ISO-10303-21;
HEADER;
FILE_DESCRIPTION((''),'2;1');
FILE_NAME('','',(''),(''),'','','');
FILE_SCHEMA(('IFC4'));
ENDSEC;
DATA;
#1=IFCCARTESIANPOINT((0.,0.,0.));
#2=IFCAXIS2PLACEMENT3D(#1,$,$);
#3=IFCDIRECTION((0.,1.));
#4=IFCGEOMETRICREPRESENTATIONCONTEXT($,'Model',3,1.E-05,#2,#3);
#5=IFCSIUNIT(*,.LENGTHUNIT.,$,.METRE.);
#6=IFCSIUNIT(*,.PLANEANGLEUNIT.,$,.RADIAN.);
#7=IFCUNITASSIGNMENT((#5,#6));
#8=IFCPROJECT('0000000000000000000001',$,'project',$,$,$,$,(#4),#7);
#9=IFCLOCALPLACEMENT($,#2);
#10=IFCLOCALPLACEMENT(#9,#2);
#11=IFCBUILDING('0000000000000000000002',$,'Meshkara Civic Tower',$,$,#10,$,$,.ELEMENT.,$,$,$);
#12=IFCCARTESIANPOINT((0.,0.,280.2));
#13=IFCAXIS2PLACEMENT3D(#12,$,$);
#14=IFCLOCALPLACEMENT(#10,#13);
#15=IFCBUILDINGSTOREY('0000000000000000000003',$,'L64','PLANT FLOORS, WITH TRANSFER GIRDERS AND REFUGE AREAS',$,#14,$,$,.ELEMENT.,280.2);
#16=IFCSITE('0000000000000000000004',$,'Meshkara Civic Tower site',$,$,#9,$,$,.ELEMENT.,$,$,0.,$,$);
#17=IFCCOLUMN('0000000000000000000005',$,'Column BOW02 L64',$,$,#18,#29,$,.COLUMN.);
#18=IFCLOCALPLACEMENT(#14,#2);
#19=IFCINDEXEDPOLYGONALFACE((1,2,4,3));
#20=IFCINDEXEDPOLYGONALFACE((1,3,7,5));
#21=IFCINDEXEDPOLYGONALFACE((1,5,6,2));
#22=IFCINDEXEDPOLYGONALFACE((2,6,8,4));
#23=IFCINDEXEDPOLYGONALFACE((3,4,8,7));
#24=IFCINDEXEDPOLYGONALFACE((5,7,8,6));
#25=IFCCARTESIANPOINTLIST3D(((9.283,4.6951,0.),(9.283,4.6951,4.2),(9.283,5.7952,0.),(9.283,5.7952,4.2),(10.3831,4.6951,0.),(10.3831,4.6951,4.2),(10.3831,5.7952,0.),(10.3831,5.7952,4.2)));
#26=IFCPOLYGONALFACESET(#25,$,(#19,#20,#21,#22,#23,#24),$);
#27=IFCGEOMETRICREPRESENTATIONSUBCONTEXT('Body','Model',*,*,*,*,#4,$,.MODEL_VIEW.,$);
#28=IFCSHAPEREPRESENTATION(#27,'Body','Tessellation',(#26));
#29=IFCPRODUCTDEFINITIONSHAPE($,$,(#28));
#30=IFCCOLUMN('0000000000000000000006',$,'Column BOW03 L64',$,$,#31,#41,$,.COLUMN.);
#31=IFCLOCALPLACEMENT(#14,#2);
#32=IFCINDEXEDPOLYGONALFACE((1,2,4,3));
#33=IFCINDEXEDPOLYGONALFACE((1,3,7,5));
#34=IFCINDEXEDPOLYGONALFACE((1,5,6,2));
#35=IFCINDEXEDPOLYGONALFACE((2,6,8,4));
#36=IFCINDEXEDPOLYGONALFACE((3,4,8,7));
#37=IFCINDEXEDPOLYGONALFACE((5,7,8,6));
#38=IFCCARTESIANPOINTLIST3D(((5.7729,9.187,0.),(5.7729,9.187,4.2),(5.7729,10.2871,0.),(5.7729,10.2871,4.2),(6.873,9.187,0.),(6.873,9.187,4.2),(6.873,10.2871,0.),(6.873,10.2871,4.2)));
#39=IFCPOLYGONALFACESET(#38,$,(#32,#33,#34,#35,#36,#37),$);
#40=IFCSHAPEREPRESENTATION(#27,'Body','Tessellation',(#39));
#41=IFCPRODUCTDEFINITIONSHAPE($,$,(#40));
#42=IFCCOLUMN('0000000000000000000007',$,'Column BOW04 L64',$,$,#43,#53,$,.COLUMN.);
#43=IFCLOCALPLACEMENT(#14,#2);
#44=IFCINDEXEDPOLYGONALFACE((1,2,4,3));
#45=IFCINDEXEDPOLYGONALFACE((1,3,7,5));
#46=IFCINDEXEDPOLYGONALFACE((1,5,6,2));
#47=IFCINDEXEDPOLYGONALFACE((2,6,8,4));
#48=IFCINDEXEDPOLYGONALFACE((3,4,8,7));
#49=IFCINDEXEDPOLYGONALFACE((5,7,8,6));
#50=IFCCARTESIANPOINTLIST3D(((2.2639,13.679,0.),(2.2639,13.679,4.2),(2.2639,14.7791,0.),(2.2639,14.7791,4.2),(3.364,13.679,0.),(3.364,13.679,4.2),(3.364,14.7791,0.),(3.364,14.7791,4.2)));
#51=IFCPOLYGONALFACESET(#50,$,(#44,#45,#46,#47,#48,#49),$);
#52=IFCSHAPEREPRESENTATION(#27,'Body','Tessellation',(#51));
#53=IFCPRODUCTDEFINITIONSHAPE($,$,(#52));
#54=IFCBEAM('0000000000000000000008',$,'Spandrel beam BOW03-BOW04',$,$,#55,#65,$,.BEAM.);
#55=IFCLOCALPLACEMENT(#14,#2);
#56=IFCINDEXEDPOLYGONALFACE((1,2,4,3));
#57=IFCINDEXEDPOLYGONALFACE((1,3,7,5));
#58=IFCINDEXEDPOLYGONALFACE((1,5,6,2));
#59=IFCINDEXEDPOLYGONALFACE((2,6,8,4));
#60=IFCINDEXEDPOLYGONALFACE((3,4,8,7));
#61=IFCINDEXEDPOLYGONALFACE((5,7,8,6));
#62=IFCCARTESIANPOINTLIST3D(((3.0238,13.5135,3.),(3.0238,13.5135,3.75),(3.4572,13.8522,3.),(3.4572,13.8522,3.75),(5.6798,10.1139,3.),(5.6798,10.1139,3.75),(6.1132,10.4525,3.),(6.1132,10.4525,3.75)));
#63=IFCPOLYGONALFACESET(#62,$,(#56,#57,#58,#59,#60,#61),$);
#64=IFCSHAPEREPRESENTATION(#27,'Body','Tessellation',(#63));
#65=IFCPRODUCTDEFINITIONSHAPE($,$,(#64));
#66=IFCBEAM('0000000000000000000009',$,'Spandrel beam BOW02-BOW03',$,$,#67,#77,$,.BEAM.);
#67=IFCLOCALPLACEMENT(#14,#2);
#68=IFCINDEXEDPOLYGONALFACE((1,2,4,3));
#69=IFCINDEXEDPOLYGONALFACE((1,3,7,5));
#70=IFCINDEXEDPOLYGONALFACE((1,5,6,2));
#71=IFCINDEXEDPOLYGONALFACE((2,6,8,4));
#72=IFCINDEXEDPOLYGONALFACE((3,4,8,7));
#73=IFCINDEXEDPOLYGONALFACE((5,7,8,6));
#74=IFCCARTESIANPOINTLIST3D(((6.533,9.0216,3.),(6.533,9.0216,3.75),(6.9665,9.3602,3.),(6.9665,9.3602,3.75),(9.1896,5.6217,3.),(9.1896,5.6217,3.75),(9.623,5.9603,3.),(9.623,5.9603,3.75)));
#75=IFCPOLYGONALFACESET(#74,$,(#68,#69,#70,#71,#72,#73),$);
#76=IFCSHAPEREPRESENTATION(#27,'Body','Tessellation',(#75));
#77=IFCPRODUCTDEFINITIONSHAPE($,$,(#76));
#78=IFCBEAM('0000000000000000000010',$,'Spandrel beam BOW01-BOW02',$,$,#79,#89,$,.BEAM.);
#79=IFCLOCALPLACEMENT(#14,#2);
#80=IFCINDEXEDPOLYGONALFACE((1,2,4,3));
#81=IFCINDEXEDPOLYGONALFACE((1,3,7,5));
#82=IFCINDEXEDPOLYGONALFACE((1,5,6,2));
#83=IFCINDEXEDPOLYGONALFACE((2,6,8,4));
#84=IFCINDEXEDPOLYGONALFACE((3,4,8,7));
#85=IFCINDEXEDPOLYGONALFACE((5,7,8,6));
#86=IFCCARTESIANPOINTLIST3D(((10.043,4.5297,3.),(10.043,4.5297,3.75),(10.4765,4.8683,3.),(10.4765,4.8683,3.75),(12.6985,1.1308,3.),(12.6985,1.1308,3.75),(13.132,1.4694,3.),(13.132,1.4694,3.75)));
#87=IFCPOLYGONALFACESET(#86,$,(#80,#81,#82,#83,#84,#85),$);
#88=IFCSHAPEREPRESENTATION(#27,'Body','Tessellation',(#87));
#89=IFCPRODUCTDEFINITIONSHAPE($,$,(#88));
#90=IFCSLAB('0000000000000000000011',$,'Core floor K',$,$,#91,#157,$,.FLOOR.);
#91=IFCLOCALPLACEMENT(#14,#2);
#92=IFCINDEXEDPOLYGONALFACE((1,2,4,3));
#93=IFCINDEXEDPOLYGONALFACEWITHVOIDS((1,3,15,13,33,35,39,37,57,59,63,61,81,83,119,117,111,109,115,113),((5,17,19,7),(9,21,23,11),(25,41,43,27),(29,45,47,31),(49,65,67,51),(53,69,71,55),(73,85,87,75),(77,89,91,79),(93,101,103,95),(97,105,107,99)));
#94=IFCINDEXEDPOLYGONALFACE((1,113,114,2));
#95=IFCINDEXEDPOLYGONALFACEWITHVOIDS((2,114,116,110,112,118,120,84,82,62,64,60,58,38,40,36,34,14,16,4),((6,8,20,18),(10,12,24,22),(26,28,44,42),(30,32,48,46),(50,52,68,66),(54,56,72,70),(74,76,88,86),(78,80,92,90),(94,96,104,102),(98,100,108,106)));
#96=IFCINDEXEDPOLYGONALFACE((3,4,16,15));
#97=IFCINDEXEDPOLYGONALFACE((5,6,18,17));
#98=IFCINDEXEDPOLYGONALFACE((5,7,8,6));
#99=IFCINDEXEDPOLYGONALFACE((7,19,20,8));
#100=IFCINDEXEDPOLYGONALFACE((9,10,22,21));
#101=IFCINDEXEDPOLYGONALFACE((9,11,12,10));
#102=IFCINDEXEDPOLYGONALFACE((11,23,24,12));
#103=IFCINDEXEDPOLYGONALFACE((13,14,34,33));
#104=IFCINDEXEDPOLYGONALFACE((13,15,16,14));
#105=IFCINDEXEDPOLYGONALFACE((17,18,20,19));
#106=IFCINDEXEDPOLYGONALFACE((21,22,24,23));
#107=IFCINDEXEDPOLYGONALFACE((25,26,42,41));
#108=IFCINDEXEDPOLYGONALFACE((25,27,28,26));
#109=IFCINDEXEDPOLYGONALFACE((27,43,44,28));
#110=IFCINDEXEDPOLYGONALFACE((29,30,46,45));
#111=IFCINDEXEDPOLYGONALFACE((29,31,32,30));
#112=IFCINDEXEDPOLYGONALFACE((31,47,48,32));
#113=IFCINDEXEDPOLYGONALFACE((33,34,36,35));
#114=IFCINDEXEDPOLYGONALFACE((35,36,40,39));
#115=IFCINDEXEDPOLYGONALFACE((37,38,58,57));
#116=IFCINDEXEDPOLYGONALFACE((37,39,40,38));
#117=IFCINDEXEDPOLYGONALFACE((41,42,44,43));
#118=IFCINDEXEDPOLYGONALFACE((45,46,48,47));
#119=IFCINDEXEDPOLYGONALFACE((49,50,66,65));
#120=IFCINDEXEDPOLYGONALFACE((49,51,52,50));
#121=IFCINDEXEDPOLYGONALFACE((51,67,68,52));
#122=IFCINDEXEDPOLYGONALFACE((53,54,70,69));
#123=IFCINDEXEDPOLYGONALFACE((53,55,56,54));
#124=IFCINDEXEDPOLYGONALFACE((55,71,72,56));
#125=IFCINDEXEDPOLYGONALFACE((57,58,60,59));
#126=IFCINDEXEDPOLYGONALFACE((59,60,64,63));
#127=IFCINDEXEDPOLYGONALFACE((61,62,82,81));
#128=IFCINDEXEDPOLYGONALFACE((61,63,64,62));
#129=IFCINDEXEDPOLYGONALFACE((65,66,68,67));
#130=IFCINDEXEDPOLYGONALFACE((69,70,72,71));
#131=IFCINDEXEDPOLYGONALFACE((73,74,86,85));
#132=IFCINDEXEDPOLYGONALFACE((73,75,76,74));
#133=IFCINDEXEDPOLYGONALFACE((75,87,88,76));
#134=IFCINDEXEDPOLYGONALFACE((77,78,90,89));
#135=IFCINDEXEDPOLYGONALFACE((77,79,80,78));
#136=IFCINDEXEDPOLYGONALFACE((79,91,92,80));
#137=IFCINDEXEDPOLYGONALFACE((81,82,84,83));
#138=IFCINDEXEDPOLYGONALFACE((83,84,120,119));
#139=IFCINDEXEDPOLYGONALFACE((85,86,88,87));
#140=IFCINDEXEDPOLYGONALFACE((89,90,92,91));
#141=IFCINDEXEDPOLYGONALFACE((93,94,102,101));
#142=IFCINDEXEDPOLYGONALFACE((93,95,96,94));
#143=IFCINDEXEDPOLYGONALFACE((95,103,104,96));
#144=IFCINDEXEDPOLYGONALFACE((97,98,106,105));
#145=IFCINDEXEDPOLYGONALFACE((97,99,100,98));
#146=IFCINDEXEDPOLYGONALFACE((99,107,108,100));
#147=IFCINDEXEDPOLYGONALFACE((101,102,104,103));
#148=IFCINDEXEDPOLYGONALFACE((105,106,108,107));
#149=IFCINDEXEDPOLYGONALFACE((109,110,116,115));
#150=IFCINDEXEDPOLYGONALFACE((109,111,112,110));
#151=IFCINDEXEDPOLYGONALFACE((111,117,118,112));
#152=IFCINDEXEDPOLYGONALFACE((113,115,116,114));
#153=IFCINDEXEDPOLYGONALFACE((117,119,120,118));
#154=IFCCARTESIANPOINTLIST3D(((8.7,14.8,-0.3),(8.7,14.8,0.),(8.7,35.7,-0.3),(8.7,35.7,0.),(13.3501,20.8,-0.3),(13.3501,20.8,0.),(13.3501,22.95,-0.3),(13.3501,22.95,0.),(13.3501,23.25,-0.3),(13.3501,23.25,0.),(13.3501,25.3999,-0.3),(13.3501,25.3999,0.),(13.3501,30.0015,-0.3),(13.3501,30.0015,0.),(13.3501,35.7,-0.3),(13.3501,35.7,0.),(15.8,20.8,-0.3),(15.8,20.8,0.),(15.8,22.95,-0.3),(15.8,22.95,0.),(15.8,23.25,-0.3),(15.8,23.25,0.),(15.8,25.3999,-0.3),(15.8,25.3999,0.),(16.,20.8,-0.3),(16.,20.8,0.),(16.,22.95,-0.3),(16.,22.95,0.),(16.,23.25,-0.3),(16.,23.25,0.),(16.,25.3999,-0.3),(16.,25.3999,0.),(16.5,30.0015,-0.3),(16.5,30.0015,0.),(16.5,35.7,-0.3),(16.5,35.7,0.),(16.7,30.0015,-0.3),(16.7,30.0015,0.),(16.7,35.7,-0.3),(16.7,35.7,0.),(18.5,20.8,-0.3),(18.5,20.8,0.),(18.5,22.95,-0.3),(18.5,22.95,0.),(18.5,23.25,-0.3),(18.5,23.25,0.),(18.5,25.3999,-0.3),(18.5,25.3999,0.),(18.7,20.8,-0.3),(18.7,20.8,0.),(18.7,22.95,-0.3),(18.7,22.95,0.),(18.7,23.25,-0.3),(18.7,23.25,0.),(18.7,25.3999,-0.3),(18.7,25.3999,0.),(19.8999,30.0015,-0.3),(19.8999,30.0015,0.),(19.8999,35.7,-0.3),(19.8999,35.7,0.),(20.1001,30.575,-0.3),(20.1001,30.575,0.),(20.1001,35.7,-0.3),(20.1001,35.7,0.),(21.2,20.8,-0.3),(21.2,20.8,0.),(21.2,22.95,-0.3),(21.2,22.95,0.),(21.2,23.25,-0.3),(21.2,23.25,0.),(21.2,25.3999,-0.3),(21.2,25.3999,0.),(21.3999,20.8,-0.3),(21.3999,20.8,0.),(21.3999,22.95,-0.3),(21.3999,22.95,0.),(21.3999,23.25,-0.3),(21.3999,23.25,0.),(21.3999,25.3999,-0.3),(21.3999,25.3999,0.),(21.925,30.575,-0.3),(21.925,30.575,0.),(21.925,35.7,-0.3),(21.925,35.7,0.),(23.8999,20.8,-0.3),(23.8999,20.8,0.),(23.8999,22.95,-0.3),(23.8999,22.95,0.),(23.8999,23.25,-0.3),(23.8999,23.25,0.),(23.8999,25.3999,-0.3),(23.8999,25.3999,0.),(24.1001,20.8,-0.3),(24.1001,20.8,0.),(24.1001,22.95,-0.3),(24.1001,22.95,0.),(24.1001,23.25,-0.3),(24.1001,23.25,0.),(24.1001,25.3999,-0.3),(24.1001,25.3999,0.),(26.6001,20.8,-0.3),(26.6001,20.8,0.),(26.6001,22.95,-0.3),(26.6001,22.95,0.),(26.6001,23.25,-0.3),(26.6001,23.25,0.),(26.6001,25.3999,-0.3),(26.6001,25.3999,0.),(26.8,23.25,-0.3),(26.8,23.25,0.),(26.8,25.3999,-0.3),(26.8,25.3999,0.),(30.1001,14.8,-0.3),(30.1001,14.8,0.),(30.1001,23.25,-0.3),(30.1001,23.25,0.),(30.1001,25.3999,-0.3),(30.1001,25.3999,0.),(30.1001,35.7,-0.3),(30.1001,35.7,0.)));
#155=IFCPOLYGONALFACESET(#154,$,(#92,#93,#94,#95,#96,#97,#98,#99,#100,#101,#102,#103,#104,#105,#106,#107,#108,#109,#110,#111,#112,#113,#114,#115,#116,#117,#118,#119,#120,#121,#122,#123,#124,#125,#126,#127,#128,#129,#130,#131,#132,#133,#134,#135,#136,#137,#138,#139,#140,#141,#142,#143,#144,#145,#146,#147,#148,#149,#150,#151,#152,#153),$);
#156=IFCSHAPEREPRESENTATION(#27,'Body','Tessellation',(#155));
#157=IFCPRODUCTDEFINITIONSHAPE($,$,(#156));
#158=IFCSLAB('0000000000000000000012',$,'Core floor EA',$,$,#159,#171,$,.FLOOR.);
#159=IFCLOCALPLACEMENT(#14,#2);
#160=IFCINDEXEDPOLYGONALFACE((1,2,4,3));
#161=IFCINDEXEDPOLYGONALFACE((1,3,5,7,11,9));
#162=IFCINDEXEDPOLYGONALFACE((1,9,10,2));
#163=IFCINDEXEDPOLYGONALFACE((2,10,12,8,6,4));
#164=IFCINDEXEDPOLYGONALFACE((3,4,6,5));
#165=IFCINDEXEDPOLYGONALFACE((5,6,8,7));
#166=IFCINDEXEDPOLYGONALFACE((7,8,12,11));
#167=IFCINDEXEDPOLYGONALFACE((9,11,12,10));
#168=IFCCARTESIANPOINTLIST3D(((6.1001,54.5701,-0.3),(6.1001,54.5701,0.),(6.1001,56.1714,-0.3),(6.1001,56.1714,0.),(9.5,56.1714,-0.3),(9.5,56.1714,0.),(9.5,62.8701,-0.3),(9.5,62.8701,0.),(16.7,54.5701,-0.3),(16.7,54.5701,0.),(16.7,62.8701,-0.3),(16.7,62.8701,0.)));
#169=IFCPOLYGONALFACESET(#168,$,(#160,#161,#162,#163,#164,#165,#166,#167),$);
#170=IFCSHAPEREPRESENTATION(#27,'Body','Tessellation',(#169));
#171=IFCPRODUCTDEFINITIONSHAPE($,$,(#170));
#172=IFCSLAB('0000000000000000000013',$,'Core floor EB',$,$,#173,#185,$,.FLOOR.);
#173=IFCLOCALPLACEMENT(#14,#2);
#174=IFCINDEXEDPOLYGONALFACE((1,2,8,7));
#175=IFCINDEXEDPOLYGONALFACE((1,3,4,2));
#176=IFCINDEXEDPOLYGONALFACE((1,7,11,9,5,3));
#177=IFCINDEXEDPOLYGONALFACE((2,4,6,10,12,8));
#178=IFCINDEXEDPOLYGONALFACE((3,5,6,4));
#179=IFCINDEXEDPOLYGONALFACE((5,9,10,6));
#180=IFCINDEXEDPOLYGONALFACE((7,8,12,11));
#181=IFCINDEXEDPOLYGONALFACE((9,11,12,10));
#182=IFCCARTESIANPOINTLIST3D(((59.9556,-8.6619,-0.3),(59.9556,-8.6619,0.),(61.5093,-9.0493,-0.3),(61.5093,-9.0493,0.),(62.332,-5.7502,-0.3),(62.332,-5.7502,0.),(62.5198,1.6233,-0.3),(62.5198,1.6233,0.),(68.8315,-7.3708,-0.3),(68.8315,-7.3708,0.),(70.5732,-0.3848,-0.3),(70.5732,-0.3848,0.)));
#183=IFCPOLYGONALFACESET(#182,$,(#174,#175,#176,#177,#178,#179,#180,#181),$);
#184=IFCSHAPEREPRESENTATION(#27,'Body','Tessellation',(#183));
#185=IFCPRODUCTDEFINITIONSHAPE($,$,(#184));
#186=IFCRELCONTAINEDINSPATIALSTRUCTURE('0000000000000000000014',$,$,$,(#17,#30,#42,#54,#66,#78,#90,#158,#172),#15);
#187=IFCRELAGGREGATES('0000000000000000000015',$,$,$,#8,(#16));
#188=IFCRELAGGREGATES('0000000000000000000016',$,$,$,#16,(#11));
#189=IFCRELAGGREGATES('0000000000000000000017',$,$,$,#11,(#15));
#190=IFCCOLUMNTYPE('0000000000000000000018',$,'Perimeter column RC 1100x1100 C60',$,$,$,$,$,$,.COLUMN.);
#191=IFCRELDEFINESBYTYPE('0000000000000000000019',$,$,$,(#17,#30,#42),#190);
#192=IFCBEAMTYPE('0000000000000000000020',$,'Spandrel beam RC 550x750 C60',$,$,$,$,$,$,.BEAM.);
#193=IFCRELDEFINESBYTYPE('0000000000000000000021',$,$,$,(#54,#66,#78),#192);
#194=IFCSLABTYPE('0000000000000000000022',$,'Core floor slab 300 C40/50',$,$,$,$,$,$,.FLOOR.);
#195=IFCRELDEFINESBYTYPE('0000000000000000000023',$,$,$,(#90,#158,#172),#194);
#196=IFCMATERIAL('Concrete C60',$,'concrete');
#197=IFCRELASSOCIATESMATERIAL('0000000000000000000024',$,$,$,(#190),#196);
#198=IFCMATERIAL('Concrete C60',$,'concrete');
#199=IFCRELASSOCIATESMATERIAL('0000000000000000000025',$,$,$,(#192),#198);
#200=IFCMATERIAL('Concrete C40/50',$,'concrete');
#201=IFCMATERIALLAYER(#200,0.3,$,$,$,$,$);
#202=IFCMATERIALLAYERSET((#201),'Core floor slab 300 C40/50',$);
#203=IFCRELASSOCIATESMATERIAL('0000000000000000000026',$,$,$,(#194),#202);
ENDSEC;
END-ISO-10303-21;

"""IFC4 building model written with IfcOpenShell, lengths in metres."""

from ifc_helpers import new_model, si_unit, direction, frame, origin, origin_2d, place, context, subcontext, project, spatial, polyline, rectangle, outline, extrude, material, layer, layer_set, material_profile, profile_set, type_object, element, save


model = new_model("IFC4")

# Units and contexts
model_context = context("Model", 3, precision=1e-05, world=origin(), true_north=direction((0.0, 1.0)))
body_context = subcontext(model_context, "Body", "Model", "MODEL_VIEW")
ifc_project = project(units=[si_unit("LENGTHUNIT", "METRE"), si_unit("PLANEANGLEUNIT", "RADIAN")], contexts=[model_context])

# Site, building, storey
site_placement = place(None, origin())
site = spatial("IfcSite", under=ifc_project, at=site_placement, Name="Meshkara Civic Tower site", CompositionType="ELEMENT", RefElevation=0.0)
building_placement = place(site_placement, origin())
building = spatial("IfcBuilding", under=site, at=building_placement, Name="Meshkara Civic Tower", CompositionType="ELEMENT")
storey_placement = place(building_placement, frame((0.0, 0.0, 280.2)))
storey = spatial("IfcBuildingStorey", under=building, at=storey_placement, Name="L64", Description="PLANT FLOORS, WITH TRANSFER GIRDERS AND REFUGE AREAS", CompositionType="ELEMENT", Elevation=280.2)

# Columns
ifc_material_1 = material(Name="Concrete C60", Category="concrete")
ifc_material_profile_1 = material_profile(ifc_material_1, rectangle(XDim=1.1001, YDim=1.1001, at=origin_2d()))
ifc_profile_set_1 = profile_set([ifc_material_profile_1], Name="Concrete C60")
column_type = type_object("IfcColumnType", Name="Perimeter column RC 1100x1100 C60", PredefinedType="COLUMN", material=ifc_profile_set_1)
for number, where, z_axis, x_axis, name in (
    (1, (9.833, 5.2451, 0.0), (0.0, 0.0, 1.0), (1.0, 0.0, 0.0), "Column BOW02 L64"),
    (2, (6.323, 9.7371, 0.0), (0.0, 0.0, 1.0), (1.0, 0.0, 0.0), "Column BOW03 L64"),
    (3, (2.814, 14.229, 0.0), (0.0, 0.0, 1.0), (1.0, 0.0, 0.0), "Column BOW04 L64"),
):
    element("IfcColumn", number, at=place(storey_placement, frame(where, z_axis=z_axis, x_axis=x_axis)), inside=storey, type_object=column_type, Name=name, PredefinedType="COLUMN", context=body_context, shape_type="SweptSolid", body=[
        extrude(rectangle(XDim=1.1001, YDim=1.1001, at=origin_2d()), origin(), (0.0, 0.0, 1.0), 4.2),
    ])

# Beams
ifc_material_2 = material(Name="Concrete C60", Category="concrete")
ifc_material_profile_2 = material_profile(ifc_material_2, rectangle(XDim=0.55, YDim=0.75, at=origin_2d()))
ifc_profile_set_2 = profile_set([ifc_material_profile_2], Name="Concrete C60")
beam_type = type_object("IfcBeamType", Name="Spandrel beam RC 550x750 C60", PredefinedType="BEAM", material=ifc_profile_set_2)
beam_1_placement = place(storey_placement, frame((3.2405, 13.6829, 3.375), z_axis=(0.615647, -0.788022, 0.0), x_axis=(0.788022, 0.615647, 0.0)))
element("IfcBeam", 4, at=beam_1_placement, inside=storey, type_object=beam_type, Name="Spandrel beam BOW03-BOW04", PredefinedType="BEAM", context=body_context, shape_type="SweptSolid", body=[
    extrude(rectangle(XDim=0.55, YDim=0.75, at=origin_2d()), origin(), (0.0, 0.0, 1.0), 4.3142),
])
beam_2_placement = place(storey_placement, frame((6.7498, 9.1909, 3.375), z_axis=(0.61569, -0.787988, 0.0), x_axis=(0.787988, 0.61569, 0.0)))
element("IfcBeam", 5, at=beam_2_placement, inside=storey, type_object=beam_type, Name="Spandrel beam BOW02-BOW03", PredefinedType="BEAM", context=body_context, shape_type="SweptSolid", body=[
    extrude(rectangle(XDim=0.55, YDim=0.75, at=origin_2d()), origin(), (0.0, 0.0, 1.0), 4.3147),
])
beam_3_placement = place(storey_placement, frame((10.2598, 4.699, 3.375), z_axis=(0.615659, -0.788012, 0.0), x_axis=(0.788012, 0.615659, 0.0)))
element("IfcBeam", 6, at=beam_3_placement, inside=storey, type_object=beam_type, Name="Spandrel beam BOW01-BOW02", PredefinedType="BEAM", context=body_context, shape_type="SweptSolid", body=[
    extrude(rectangle(XDim=0.55, YDim=0.75, at=origin_2d()), origin(), (0.0, 0.0, 1.0), 4.3132),
])

# Slabs
ifc_material_3 = material(Name="Concrete C40/50", Category="concrete")
ifc_layer_1 = layer(ifc_material_3, 0.3)
ifc_layer_set_1 = layer_set([ifc_layer_1], Name="Core floor slab 300 C40/50")
slab_type_1 = type_object("IfcSlabType", Name="Core floor slab 300 C40/50", PredefinedType="FLOOR", material=ifc_layer_set_1)
slab_1_placement = place(storey_placement, frame((0.0, 0.0, -0.3)))
element("IfcSlab", 7, at=slab_1_placement, inside=storey, type_object=slab_type_1, Name="Core floor K", PredefinedType="FLOOR", context=body_context, shape_type="SweptSolid", body=[
    extrude(outline(polyline([(8.7, 35.7), (13.3501, 35.7), (13.3501, 30.0015), (16.5, 30.0015), (16.5, 35.7), (16.7, 35.7), (16.7, 30.0015), (19.8999, 30.0015), (19.8999, 35.7), (20.1001, 35.7), (20.1001, 30.575), (21.925, 30.575), (21.925, 35.7), (30.1001, 35.7), (30.1001, 25.3999), (26.8, 25.3999), (26.8, 23.25), (30.1001, 23.25), (30.1001, 14.8), (8.7, 14.8), (8.7, 35.7)]), holes=[polyline([(15.8, 22.95), (13.3501, 22.95), (13.3501, 20.8), (15.8, 20.8), (15.8, 22.95)]), polyline([(16.0, 22.95), (16.0, 20.8), (18.5, 20.8), (18.5, 22.95), (16.0, 22.95)]), polyline([(18.7, 22.95), (18.7, 20.8), (21.2, 20.8), (21.2, 22.95), (18.7, 22.95)]), polyline([(15.8, 23.25), (15.8, 25.3999), (13.3501, 25.3999), (13.3501, 23.25), (15.8, 23.25)]), polyline([(16.0, 25.3999), (16.0, 23.25), (18.5, 23.25), (18.5, 25.3999), (16.0, 25.3999)]), polyline([(23.8999, 20.8), (23.8999, 22.95), (21.3999, 22.95), (21.3999, 20.8), (23.8999, 20.8)]), polyline([(24.1001, 20.8), (26.6001, 20.8), (26.6001, 22.95), (24.1001, 22.95), (24.1001, 20.8)]), polyline([(18.7, 25.3999), (18.7, 23.25), (21.2, 23.25), (21.2, 25.3999), (18.7, 25.3999)]), polyline([(21.3999, 23.25), (23.8999, 23.25), (23.8999, 25.3999), (21.3999, 25.3999), (21.3999, 23.25)]), polyline([(26.6001, 23.25), (26.6001, 25.3999), (24.1001, 25.3999), (24.1001, 23.25), (26.6001, 23.25)])]), origin(), (0.0, 0.0, 1.0), 0.3),
])
slab_2_placement = place(storey_placement, frame((0.0, 0.0, -0.3)))
element("IfcSlab", 8, at=slab_2_placement, inside=storey, type_object=slab_type_1, Name="Core floor EA", PredefinedType="FLOOR", context=body_context, shape_type="SweptSolid", body=[
    extrude(outline(polyline([(16.7, 54.5701), (16.7, 62.8701), (9.5, 62.8701), (9.5, 56.1714), (6.1001, 56.1714), (6.1001, 54.5701), (16.7, 54.5701)])), origin(), (0.0, 0.0, 1.0), 0.3),
])
slab_3_placement = place(storey_placement, frame((0.0, 0.0, -0.3)))
element("IfcSlab", 9, at=slab_3_placement, inside=storey, type_object=slab_type_1, Name="Core floor EB", PredefinedType="FLOOR", context=body_context, shape_type="SweptSolid", body=[
    extrude(outline(polyline([(62.5198, 1.6233), (70.5732, -0.3848), (68.8315, -7.3708), (62.332, -5.7502), (61.5093, -9.0493), (59.9556, -8.6619), (62.5198, 1.6233)])), origin(), (0.0, 0.0, 1.0), 0.3),
])

save(model, "model.ifc")
